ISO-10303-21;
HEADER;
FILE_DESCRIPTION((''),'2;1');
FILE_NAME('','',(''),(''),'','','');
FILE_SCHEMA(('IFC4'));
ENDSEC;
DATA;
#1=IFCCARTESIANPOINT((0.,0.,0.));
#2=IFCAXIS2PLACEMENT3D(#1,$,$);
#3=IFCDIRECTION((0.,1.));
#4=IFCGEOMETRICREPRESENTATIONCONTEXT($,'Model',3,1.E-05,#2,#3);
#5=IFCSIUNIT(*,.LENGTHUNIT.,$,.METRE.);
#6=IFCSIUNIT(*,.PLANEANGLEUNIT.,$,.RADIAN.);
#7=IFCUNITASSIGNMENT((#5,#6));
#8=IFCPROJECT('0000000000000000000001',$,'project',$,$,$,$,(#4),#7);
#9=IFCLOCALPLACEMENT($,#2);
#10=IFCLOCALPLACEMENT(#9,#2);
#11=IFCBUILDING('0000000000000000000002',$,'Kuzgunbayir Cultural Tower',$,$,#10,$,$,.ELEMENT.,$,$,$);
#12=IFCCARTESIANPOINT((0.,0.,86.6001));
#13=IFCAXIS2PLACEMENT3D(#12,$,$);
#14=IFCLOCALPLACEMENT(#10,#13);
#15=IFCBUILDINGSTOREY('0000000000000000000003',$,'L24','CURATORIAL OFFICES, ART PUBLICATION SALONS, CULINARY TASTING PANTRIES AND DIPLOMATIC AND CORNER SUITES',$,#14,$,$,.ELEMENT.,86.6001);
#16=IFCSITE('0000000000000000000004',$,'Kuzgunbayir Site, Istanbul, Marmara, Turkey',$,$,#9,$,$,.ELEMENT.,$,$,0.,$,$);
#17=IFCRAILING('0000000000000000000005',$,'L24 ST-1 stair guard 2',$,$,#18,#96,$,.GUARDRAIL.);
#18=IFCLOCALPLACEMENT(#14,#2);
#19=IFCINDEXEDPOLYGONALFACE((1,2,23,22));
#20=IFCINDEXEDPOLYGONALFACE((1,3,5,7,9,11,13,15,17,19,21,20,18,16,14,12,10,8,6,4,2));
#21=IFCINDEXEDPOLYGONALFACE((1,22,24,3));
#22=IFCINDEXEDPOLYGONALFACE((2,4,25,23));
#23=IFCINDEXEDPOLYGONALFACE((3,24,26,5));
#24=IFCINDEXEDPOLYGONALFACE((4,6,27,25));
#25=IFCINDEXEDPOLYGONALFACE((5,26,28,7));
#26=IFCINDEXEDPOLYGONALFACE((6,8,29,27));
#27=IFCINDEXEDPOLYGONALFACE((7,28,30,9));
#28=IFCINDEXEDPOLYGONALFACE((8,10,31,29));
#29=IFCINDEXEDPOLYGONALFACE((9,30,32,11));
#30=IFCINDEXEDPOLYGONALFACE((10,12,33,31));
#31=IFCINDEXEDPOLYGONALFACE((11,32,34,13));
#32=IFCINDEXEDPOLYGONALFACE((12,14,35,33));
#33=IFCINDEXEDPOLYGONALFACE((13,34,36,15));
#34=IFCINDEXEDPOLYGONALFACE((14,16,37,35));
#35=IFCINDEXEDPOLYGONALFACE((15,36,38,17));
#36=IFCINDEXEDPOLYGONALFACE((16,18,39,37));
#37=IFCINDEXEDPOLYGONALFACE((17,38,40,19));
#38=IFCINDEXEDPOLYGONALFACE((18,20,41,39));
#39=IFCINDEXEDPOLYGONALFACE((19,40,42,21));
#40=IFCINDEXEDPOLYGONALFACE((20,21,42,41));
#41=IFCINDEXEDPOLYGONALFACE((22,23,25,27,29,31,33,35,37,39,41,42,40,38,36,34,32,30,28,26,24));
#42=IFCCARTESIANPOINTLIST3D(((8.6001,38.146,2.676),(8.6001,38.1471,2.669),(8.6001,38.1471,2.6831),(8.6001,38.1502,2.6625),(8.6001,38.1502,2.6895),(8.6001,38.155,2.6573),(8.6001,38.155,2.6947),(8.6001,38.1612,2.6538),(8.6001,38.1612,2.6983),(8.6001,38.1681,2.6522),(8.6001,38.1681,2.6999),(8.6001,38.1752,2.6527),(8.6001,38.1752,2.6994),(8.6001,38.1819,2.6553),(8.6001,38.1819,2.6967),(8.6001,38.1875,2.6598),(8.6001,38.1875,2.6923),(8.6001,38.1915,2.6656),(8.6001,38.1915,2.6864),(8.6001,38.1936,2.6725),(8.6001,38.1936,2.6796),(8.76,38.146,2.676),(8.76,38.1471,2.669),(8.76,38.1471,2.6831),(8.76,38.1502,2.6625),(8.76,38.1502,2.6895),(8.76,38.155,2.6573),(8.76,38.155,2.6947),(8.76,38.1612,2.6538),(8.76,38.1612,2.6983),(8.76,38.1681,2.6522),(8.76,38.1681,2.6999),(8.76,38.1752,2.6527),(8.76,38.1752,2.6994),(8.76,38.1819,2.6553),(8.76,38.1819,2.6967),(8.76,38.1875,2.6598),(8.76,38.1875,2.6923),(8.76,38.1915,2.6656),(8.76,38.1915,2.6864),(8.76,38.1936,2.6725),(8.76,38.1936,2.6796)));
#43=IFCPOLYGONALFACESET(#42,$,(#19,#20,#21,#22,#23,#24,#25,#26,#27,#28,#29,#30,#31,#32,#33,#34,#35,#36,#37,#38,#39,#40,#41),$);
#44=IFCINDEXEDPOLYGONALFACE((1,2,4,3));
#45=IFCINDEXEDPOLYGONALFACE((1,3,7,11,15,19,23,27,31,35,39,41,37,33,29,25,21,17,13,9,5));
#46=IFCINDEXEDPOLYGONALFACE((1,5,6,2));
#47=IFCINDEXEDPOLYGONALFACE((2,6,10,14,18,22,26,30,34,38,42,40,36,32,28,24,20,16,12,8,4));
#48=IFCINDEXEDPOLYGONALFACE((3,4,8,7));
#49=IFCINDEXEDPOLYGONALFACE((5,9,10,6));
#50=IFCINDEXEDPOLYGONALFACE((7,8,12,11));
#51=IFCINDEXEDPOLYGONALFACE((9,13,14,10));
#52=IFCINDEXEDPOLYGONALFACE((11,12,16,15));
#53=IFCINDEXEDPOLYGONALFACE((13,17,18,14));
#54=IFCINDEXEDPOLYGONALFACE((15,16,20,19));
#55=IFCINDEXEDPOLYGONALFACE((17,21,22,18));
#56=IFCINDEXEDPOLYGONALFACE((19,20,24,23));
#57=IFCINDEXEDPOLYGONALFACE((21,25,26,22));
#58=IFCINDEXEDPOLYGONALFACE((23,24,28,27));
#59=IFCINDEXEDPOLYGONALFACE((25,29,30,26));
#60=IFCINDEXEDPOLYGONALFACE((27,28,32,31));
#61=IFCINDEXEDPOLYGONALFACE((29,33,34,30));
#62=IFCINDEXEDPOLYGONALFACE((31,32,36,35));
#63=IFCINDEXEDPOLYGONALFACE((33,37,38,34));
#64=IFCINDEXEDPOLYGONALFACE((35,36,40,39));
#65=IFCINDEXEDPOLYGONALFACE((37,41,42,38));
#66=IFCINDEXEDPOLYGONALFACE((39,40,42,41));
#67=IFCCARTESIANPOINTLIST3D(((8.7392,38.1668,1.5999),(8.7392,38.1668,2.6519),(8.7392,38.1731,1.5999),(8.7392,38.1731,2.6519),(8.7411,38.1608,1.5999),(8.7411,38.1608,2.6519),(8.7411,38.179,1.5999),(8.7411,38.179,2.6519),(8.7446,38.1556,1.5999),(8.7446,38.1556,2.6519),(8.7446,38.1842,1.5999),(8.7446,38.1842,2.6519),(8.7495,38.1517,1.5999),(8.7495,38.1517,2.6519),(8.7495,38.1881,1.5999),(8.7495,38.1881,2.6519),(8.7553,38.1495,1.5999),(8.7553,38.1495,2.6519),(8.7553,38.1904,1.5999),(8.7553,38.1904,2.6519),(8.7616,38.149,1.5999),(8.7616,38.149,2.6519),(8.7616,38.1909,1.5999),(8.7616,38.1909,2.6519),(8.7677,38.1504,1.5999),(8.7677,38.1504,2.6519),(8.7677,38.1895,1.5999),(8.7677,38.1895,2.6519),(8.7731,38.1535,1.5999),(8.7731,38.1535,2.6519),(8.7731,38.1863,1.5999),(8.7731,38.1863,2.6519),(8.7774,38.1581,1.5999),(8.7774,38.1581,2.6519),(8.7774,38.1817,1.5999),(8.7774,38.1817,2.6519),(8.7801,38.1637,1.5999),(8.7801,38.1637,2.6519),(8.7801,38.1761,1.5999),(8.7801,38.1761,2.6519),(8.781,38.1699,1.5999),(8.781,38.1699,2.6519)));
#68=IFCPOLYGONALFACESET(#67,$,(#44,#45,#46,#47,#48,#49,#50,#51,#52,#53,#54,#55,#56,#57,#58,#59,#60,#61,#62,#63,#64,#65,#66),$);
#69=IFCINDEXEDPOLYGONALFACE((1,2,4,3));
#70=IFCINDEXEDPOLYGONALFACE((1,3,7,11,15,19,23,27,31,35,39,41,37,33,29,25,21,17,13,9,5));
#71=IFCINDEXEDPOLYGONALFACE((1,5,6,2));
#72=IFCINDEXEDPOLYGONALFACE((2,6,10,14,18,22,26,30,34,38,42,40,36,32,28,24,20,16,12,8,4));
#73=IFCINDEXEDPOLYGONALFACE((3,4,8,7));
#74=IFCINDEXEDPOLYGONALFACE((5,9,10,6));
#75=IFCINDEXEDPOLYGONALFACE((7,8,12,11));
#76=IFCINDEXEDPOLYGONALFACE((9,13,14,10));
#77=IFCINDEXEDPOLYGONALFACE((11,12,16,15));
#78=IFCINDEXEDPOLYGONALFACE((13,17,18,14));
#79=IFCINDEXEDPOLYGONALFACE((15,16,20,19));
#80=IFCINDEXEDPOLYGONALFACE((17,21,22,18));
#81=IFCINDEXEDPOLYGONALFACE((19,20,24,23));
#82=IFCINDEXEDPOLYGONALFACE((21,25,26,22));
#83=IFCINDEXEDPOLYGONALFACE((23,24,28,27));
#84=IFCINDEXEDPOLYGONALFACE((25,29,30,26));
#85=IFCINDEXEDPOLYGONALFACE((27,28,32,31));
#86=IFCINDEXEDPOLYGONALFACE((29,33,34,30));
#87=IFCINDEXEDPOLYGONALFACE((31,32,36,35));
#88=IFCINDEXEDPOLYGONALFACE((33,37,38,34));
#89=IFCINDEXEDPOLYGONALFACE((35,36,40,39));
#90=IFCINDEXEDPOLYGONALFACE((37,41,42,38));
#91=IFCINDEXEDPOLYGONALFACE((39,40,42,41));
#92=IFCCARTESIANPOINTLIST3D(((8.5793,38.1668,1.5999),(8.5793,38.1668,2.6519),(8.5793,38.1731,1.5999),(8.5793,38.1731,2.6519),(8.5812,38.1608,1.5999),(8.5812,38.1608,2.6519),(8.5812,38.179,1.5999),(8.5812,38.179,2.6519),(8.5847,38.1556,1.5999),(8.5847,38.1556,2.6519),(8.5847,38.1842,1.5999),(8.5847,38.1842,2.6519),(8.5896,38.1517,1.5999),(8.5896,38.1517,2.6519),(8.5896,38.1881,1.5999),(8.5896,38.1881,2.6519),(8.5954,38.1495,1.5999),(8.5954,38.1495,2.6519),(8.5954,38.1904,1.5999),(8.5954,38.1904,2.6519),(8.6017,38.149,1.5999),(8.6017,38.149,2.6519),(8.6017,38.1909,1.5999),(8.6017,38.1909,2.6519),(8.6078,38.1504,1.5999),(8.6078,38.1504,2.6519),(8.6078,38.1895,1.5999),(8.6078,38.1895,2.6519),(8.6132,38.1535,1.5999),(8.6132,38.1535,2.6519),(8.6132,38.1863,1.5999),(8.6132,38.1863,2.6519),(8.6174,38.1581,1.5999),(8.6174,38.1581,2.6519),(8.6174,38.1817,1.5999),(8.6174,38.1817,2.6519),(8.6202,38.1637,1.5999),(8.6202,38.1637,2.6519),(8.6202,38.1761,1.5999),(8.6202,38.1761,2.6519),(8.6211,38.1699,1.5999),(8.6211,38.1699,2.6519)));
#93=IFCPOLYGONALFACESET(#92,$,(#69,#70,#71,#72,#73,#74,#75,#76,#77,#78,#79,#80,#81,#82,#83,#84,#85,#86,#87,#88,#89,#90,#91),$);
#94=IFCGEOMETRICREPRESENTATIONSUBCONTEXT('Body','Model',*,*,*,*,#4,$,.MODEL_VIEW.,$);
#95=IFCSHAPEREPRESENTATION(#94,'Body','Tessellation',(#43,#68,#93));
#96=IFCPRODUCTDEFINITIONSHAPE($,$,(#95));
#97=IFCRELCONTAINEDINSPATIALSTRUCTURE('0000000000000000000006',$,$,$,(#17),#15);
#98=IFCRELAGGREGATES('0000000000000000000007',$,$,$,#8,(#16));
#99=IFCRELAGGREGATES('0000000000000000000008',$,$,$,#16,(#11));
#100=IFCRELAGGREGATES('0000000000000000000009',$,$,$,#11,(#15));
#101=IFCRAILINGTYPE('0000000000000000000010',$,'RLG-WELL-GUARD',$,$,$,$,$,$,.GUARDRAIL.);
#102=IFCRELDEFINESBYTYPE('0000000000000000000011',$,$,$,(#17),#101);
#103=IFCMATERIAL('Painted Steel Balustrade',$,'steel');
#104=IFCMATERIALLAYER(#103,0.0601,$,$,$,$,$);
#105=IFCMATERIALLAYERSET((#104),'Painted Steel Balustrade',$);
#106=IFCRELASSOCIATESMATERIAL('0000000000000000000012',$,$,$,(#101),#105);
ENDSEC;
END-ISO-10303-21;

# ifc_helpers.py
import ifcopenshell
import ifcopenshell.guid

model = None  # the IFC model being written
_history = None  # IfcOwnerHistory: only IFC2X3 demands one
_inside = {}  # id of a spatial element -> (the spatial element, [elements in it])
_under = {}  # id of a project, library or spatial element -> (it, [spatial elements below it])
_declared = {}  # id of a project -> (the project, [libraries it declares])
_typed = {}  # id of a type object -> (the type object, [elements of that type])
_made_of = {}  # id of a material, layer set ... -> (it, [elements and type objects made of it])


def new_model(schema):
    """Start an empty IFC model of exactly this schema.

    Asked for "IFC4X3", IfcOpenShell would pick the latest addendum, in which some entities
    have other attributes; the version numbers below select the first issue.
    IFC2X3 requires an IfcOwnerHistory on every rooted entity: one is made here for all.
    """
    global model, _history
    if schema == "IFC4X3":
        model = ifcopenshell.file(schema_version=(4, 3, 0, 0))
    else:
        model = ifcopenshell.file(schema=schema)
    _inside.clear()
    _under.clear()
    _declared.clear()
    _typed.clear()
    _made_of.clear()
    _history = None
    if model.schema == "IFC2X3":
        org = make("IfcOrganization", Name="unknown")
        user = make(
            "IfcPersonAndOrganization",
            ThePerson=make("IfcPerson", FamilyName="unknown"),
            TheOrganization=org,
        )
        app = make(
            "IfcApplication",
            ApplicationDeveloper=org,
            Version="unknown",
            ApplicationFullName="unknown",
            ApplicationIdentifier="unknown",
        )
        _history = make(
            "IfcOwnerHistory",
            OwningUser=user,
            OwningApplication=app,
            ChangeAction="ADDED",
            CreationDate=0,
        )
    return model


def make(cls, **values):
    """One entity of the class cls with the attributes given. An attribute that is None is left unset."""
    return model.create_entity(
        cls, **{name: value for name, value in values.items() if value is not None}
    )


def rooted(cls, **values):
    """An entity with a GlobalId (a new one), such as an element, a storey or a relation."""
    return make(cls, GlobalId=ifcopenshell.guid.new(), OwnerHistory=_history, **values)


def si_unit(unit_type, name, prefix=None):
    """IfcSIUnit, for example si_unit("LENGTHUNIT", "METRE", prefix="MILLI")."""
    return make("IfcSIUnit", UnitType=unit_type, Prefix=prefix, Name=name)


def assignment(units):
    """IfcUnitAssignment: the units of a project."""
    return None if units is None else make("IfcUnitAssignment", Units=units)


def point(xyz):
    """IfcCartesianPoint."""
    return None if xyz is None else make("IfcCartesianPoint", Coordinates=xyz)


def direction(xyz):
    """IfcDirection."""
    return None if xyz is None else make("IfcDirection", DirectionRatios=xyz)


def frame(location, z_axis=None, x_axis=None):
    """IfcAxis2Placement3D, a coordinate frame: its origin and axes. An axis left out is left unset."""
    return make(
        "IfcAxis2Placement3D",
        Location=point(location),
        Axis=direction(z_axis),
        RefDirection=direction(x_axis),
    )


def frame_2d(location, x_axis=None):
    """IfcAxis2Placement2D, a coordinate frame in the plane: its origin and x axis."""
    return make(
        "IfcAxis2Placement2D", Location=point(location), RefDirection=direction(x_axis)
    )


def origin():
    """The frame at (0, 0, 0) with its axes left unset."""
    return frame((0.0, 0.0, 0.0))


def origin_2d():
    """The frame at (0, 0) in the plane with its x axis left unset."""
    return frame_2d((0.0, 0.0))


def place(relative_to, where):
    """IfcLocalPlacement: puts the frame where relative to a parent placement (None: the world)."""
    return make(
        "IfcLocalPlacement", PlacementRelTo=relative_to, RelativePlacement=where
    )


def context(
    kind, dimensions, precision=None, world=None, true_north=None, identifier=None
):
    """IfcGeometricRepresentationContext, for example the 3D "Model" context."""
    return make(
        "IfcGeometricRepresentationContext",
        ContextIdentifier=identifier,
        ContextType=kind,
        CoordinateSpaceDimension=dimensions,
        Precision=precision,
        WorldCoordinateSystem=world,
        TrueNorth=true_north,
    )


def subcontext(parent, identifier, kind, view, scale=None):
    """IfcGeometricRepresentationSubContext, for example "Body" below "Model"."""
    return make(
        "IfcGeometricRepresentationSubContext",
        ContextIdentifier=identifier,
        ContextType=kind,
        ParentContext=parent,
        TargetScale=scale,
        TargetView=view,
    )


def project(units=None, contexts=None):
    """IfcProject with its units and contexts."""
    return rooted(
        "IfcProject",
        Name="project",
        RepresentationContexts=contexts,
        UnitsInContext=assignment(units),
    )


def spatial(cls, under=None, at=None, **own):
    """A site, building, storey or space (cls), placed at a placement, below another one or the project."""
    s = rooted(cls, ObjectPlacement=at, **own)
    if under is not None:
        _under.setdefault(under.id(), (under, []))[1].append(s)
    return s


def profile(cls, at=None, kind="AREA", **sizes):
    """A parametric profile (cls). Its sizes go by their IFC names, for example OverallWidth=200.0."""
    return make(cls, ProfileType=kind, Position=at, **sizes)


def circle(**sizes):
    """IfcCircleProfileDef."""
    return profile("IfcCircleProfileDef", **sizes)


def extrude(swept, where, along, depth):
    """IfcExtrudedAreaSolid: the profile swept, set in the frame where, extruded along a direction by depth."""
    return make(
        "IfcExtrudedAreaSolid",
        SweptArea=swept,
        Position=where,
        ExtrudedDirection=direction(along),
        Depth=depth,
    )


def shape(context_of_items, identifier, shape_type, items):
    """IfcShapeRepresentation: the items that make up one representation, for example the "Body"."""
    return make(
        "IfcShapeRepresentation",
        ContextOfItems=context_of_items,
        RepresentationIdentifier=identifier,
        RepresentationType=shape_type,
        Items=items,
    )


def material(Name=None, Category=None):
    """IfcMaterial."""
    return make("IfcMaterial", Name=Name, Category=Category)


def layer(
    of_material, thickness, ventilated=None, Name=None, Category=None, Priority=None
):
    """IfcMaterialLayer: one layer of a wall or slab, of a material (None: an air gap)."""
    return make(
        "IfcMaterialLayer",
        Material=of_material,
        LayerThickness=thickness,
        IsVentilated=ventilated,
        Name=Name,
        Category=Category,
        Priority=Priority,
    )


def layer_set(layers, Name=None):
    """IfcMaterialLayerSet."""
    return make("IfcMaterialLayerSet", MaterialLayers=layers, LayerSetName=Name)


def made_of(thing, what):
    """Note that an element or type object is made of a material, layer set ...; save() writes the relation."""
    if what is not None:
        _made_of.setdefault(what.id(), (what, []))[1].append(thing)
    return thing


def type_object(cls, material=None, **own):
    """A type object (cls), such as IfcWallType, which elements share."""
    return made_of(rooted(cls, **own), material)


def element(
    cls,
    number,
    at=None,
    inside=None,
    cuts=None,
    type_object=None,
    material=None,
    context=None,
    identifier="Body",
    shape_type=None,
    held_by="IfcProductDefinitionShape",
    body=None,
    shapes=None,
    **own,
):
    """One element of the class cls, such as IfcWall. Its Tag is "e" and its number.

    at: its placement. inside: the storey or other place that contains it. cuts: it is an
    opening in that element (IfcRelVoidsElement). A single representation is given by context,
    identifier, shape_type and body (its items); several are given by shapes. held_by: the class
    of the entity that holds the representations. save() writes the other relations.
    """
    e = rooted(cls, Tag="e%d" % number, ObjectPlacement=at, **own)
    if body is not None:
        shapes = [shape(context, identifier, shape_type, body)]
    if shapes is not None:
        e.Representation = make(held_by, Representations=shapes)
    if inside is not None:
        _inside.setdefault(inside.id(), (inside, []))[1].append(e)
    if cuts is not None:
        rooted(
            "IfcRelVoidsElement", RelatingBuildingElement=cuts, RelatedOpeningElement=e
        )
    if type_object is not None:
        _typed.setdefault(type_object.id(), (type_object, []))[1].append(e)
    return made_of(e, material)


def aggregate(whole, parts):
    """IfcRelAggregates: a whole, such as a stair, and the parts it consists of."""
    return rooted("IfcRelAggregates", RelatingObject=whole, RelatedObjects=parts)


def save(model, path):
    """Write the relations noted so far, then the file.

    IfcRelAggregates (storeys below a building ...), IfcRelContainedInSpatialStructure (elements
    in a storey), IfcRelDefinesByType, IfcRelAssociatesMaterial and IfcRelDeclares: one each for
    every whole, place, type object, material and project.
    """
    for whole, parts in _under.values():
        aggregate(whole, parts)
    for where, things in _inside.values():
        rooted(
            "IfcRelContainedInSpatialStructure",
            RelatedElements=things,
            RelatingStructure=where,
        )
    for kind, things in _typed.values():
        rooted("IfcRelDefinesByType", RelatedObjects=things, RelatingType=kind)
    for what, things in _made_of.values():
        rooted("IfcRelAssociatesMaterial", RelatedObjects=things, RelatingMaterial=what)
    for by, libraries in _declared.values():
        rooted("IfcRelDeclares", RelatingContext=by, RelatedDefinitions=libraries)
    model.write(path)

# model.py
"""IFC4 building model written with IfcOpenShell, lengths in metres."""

from ifc_helpers import new_model, si_unit, direction, frame, origin, origin_2d, place, context, subcontext, project, spatial, circle, extrude, material, layer, layer_set, type_object, element, save


model = new_model("IFC4")

# Units and contexts
model_context = context("Model", 3, precision=1e-05, world=origin(), true_north=direction((0.0, 1.0)))
body_context = subcontext(model_context, "Body", "Model", "MODEL_VIEW")
ifc_project = project(units=[si_unit("LENGTHUNIT", "METRE"), si_unit("PLANEANGLEUNIT", "RADIAN")], contexts=[model_context])

# Site, building, storey
site_placement = place(None, origin())
site = spatial("IfcSite", under=ifc_project, at=site_placement, Name="Kuzgunbayir Site, Istanbul, Marmara, Turkey", CompositionType="ELEMENT", RefElevation=0.0)
building_placement = place(site_placement, origin())
building = spatial("IfcBuilding", under=site, at=building_placement, Name="Kuzgunbayir Cultural Tower", CompositionType="ELEMENT")
storey_placement = place(building_placement, frame((0.0, 0.0, 86.6001)))
storey = spatial("IfcBuildingStorey", under=building, at=storey_placement, Name="L24", Description="CURATORIAL OFFICES, ART PUBLICATION SALONS, CULINARY TASTING PANTRIES AND DIPLOMATIC AND CORNER SUITES", CompositionType="ELEMENT", Elevation=86.6001)

# Railing
ifc_material_1 = material(Name="Painted Steel Balustrade", Category="steel")
ifc_layer_1 = layer(ifc_material_1, 0.0601)
ifc_layer_set_1 = layer_set([ifc_layer_1], Name="Painted Steel Balustrade")
railing_type_1 = type_object("IfcRailingType", Name="RLG-WELL-GUARD", PredefinedType="GUARDRAIL", material=ifc_layer_set_1)
railing_1_placement = place(storey_placement, frame((8.76, 38.1699, 1.5999)))
element("IfcRailing", 1, at=railing_1_placement, inside=storey, type_object=railing_type_1, Name="L24 ST-1 stair guard 2", PredefinedType="GUARDRAIL", context=body_context, shape_type="SweptSolid", body=[
    extrude(circle(Radius=0.0239, at=origin_2d()), frame((0.0, 0.0, 1.0762), z_axis=(-1.0, 0.0, 0.0), x_axis=(0.0, -1.0, 0.0)), (0.0, 0.0, 1.0), 0.1599),
    extrude(circle(Radius=0.021, at=origin_2d()), origin(), (0.0, 0.0, 1.0), 1.052),
    extrude(circle(Radius=0.021, at=origin_2d()), frame((-0.1599, 0.0, 0.0)), (0.0, 0.0, 1.0), 1.052),
])

save(model, "model.ifc")
